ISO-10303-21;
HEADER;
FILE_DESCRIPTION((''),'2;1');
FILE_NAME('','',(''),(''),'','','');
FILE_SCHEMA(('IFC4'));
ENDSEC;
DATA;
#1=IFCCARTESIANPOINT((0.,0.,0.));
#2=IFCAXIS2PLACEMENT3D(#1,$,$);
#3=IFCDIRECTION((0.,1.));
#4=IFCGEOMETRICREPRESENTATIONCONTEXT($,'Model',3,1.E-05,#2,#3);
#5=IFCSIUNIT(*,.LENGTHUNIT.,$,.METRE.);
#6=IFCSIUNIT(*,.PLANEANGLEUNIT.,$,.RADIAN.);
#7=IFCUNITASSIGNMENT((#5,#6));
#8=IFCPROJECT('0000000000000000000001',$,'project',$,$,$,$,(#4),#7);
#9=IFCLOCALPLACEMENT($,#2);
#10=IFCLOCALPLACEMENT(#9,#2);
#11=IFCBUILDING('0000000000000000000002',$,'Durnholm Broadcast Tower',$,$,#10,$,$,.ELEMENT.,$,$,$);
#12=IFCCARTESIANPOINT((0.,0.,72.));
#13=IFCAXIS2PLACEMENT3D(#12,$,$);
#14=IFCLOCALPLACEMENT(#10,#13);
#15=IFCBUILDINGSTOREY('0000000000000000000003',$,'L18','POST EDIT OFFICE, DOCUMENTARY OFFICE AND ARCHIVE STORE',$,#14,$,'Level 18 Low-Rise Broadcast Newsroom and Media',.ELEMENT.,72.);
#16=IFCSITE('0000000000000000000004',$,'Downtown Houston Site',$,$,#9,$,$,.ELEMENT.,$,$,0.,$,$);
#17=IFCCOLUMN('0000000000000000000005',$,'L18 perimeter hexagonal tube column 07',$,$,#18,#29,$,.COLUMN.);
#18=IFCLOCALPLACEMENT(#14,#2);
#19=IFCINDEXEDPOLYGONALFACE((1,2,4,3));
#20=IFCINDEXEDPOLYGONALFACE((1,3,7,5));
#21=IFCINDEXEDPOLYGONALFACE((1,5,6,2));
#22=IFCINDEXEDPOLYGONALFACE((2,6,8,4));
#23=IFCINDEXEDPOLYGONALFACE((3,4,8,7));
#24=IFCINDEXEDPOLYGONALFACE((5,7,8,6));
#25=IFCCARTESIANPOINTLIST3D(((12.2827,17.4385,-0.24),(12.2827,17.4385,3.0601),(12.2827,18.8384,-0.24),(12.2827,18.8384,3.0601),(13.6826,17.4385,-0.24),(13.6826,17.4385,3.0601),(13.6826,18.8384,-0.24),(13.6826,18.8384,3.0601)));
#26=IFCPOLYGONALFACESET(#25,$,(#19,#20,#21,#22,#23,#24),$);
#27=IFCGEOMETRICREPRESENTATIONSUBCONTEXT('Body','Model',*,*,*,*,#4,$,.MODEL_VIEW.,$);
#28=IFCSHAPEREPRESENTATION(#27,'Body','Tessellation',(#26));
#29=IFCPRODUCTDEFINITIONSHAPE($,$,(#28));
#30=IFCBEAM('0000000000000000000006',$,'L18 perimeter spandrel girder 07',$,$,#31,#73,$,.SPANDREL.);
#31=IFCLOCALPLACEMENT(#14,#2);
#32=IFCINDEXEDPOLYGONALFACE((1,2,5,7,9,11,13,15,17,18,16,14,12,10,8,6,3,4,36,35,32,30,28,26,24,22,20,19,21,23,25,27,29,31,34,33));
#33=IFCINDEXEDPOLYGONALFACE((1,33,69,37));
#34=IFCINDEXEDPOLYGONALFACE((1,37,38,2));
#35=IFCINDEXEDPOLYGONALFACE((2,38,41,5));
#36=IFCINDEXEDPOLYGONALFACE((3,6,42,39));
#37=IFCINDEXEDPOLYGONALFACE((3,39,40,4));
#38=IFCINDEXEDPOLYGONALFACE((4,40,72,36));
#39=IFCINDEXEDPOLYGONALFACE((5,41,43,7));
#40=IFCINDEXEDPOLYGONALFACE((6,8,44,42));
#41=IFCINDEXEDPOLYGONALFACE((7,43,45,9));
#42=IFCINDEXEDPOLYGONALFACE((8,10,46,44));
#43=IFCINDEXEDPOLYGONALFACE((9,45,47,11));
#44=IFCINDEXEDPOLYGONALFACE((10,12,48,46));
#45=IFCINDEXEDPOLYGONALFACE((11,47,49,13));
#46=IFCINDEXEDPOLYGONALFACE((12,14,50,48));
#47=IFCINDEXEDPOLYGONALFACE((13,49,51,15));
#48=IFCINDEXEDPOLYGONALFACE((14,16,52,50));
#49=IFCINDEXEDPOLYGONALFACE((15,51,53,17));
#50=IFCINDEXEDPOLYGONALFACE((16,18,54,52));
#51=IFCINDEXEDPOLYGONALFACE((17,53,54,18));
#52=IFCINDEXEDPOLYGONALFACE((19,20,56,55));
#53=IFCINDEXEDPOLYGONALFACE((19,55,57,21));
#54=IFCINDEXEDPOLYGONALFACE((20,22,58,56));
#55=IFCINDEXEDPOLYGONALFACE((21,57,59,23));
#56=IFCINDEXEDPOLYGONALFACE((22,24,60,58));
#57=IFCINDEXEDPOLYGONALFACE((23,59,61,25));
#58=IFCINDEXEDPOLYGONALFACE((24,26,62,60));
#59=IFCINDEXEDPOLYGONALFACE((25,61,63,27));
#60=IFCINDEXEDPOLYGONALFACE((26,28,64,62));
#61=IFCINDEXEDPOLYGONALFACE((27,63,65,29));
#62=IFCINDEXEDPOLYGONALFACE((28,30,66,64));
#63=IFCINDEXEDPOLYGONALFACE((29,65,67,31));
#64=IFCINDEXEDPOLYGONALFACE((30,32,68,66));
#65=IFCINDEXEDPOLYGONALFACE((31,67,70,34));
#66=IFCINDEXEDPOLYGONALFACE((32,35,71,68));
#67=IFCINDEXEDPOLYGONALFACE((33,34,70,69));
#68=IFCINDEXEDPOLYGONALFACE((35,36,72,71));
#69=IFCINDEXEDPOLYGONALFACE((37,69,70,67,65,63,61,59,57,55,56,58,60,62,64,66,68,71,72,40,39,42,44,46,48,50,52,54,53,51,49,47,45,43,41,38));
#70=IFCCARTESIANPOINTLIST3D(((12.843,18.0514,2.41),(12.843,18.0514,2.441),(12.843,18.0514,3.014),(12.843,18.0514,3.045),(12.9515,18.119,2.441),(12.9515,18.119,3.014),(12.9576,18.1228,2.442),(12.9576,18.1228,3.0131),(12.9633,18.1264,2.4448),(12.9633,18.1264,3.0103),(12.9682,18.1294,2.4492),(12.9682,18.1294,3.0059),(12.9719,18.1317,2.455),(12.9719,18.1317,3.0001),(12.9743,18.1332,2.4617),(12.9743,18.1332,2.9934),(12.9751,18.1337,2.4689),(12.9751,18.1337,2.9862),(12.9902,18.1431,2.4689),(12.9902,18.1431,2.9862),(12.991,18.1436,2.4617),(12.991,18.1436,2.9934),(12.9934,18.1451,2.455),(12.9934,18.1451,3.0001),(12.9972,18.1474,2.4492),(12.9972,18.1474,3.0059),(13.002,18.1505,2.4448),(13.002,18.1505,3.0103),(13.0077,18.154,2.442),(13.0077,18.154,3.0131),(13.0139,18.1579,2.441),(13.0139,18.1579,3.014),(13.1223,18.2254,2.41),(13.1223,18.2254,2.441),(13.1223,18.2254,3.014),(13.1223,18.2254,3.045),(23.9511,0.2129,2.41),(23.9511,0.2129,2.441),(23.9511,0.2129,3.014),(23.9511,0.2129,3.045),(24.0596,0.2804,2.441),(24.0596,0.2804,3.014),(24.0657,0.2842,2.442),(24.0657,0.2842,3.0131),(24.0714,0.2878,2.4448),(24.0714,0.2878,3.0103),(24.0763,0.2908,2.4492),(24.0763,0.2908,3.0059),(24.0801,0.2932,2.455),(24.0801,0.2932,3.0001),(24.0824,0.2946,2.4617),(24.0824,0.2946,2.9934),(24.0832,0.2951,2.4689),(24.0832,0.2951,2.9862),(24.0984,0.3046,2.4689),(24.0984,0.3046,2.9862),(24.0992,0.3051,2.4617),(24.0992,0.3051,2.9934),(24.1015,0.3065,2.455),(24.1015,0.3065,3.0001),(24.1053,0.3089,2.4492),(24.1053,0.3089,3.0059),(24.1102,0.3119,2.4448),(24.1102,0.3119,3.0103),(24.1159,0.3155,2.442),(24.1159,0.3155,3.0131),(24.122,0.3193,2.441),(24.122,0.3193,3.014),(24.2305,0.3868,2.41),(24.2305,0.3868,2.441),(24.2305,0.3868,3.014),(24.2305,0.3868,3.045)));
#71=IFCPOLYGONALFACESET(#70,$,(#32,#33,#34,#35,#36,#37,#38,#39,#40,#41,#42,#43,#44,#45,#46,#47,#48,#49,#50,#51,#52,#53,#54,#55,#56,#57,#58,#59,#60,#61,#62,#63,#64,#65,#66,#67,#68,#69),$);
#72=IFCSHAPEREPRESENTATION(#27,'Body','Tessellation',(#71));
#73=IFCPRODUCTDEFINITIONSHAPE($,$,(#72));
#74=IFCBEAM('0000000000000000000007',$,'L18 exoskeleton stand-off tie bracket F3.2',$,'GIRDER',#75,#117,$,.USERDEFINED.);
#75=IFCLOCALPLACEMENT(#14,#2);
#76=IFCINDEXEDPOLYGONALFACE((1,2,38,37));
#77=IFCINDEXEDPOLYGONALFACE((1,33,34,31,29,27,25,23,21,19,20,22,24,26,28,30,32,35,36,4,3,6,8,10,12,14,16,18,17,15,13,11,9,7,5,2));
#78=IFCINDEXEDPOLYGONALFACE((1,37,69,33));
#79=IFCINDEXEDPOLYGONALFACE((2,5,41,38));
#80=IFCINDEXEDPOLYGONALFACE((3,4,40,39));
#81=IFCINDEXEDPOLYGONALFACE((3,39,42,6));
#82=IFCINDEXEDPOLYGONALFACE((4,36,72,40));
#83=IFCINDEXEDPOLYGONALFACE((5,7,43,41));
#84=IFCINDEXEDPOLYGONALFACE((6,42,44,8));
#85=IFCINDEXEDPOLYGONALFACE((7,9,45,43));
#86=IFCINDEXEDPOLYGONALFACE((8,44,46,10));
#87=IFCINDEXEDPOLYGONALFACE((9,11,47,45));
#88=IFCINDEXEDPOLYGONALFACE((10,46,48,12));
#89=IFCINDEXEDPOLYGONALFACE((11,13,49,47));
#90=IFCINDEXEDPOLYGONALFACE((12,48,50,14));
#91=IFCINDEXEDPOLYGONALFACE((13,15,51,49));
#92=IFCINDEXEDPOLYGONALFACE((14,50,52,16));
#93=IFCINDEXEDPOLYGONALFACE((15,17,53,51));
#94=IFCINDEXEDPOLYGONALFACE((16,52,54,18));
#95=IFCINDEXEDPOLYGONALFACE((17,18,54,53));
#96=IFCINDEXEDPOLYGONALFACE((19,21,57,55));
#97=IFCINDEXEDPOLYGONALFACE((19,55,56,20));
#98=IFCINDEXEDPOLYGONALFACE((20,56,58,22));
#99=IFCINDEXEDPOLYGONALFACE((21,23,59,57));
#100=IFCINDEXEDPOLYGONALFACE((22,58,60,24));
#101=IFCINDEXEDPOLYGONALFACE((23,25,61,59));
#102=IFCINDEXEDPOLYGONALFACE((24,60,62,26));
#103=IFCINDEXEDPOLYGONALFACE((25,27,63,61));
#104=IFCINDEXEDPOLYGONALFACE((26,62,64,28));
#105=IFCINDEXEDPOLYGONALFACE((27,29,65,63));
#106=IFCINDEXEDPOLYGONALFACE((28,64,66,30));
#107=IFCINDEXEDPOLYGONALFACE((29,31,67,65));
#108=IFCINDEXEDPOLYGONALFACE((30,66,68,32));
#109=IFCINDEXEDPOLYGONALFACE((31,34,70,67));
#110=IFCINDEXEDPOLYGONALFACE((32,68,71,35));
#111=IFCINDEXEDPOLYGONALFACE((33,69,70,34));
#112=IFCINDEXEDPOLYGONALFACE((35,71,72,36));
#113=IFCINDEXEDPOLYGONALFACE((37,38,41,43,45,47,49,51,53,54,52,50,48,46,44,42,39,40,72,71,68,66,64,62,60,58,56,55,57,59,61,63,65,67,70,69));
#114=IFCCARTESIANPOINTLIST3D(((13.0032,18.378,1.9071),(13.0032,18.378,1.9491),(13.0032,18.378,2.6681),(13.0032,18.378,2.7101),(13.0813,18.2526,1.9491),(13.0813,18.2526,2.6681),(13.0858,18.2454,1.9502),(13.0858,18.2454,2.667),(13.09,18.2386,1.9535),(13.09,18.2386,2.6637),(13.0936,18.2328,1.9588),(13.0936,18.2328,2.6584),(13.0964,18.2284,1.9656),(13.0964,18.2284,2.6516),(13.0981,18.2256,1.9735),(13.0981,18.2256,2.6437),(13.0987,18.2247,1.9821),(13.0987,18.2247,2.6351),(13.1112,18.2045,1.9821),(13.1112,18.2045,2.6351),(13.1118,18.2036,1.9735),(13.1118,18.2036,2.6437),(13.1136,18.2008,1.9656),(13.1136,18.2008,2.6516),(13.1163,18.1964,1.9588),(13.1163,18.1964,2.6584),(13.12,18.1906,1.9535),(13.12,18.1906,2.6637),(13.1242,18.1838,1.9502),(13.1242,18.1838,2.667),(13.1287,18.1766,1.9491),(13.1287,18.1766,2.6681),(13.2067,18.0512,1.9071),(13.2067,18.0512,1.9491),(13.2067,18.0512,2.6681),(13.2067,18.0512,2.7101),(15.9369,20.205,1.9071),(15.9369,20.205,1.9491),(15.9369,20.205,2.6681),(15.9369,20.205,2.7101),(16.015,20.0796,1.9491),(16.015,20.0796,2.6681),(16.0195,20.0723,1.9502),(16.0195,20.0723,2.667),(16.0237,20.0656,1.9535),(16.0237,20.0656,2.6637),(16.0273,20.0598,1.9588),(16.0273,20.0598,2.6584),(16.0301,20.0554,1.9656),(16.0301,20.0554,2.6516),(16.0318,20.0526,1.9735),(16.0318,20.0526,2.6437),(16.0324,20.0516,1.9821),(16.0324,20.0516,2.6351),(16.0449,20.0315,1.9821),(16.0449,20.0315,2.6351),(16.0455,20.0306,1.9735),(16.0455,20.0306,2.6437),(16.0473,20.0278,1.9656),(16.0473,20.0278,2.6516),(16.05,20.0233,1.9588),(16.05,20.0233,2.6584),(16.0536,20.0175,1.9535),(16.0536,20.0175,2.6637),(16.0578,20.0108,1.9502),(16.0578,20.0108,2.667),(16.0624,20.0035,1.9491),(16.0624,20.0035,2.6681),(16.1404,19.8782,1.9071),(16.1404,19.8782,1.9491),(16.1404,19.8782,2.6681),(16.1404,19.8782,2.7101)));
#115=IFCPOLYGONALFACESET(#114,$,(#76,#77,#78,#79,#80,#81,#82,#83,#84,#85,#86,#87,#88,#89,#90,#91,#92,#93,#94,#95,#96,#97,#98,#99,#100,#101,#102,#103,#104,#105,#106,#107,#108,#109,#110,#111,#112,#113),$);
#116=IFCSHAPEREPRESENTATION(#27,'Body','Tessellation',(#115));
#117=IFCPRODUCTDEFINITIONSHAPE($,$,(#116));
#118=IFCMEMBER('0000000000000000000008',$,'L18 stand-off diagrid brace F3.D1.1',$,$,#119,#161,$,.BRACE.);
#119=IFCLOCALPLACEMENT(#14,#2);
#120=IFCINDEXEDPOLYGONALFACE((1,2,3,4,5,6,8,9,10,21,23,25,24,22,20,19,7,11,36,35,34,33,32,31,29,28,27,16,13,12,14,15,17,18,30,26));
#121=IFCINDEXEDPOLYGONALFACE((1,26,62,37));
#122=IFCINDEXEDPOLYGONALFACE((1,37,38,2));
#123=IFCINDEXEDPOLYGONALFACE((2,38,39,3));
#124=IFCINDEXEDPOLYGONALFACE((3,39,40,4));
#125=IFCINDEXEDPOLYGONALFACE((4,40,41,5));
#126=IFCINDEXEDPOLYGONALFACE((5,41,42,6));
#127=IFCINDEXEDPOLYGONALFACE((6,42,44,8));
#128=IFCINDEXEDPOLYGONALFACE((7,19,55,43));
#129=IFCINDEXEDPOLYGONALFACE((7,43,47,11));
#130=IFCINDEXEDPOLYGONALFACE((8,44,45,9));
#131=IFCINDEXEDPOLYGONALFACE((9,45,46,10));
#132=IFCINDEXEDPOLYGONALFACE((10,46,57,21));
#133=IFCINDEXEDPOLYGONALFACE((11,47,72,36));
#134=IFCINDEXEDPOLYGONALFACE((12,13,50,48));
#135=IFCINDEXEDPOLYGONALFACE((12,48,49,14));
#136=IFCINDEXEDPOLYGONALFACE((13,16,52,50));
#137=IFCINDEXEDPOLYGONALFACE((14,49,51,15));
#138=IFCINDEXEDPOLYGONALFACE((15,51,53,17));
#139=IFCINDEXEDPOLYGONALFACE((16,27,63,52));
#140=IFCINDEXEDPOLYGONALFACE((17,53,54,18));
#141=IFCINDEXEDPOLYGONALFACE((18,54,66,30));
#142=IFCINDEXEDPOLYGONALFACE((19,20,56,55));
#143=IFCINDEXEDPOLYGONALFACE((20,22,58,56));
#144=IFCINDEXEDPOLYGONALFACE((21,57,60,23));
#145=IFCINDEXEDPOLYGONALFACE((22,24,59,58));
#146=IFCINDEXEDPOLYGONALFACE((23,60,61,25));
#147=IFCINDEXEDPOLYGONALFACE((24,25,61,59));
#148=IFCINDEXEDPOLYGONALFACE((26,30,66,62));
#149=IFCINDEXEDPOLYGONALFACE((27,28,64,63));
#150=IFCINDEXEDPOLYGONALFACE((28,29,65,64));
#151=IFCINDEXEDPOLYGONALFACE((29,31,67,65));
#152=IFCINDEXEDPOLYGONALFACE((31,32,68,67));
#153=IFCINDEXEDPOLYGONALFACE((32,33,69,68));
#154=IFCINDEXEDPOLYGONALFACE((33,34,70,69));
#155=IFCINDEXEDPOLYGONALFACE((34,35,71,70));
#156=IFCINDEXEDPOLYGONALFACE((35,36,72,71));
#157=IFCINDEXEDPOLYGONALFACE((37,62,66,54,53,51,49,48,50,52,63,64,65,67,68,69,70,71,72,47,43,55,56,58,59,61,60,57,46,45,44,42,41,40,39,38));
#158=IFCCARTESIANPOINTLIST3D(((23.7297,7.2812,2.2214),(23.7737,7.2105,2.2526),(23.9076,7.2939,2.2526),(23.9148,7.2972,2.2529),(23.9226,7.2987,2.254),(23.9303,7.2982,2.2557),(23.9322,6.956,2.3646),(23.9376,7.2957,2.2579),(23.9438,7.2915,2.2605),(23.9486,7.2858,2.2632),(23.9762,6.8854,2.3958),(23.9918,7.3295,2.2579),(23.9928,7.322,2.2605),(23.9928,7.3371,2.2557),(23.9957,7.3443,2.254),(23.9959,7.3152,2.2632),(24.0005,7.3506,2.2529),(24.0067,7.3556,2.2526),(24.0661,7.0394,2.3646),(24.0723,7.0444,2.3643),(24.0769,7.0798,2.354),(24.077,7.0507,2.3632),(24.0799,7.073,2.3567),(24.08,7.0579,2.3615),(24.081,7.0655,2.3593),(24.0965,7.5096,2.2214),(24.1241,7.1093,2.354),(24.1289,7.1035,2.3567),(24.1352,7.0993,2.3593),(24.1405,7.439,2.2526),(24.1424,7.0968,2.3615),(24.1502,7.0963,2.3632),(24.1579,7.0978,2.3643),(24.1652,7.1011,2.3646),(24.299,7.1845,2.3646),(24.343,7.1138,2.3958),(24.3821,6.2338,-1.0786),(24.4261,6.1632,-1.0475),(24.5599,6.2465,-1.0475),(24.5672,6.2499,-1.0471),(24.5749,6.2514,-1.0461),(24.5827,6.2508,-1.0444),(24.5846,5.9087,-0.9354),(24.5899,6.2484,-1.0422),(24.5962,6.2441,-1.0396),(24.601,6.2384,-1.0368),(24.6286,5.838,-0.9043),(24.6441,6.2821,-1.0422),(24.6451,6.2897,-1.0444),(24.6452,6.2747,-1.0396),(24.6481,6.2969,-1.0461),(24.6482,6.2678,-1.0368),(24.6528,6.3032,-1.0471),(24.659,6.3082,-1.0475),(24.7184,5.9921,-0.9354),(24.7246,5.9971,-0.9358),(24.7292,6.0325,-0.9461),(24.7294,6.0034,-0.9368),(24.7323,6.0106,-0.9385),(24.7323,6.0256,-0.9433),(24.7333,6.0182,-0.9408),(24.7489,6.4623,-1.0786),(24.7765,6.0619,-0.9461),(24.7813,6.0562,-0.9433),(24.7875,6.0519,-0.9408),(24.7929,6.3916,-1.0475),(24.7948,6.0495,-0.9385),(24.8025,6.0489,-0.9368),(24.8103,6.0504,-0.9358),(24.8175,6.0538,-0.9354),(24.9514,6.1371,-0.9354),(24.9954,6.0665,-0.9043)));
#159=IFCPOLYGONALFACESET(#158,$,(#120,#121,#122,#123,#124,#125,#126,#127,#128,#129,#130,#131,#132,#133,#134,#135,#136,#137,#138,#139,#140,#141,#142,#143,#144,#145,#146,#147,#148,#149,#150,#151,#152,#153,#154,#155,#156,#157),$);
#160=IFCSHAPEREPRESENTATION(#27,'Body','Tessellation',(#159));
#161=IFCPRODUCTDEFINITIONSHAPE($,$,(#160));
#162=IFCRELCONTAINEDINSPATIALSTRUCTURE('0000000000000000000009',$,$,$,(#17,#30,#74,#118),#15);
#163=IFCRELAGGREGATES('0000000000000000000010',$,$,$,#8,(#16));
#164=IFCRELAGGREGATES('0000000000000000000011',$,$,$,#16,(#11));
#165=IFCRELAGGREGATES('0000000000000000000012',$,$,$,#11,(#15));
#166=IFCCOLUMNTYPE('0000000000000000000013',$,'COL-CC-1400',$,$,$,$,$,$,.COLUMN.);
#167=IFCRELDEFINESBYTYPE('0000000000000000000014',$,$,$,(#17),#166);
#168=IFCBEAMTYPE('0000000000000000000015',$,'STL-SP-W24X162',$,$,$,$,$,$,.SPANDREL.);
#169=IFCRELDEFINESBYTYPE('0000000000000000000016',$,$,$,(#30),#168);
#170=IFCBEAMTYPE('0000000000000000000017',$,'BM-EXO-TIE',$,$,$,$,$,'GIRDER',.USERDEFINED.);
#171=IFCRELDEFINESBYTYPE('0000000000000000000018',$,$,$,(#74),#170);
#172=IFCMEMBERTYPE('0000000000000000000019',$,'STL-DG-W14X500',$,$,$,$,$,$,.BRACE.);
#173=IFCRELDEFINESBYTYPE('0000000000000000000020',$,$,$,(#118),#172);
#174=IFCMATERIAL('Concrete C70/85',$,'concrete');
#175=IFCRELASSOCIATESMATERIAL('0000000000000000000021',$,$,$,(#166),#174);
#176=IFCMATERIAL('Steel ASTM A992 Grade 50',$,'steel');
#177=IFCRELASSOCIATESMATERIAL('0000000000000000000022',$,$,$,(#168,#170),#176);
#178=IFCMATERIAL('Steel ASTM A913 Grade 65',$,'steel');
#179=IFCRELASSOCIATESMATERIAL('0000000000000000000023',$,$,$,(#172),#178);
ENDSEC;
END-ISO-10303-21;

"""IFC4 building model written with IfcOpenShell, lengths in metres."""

from ifc_helpers import new_model, si_unit, direction, frame, origin, origin_2d, place, context, subcontext, project, spatial, rectangle, i_section, extrude, source, transform, mapped, material, material_profile, profile_set, type_object, type_shapes, element, save


model = new_model("IFC4")

# Units and contexts
model_context = context("Model", 3, precision=1e-05, world=origin(), true_north=direction((0.0, 1.0)))
body_context = subcontext(model_context, "Body", "Model", "MODEL_VIEW")
ifc_project = project(units=[si_unit("LENGTHUNIT", "METRE"), si_unit("PLANEANGLEUNIT", "RADIAN")], contexts=[model_context])

# Site, building, storey
site_placement = place(None, origin())
site = spatial("IfcSite", under=ifc_project, at=site_placement, Name="Downtown Houston Site", CompositionType="ELEMENT", RefElevation=0.0)
building_placement = place(site_placement, origin())
building = spatial("IfcBuilding", under=site, at=building_placement, Name="Durnholm Broadcast Tower", CompositionType="ELEMENT")
storey_placement = place(building_placement, frame((0.0, 0.0, 72.0)))
storey = spatial("IfcBuildingStorey", under=building, at=storey_placement, Name="L18", Description="POST EDIT OFFICE, DOCUMENTARY OFFICE AND ARCHIVE STORE", LongName="Level 18 Low-Rise Broadcast Newsroom and Media", CompositionType="ELEMENT", Elevation=72.0)

# Column
ifc_material_1 = material(Name="Concrete C70/85", Category="concrete")
ifc_material_profile_1 = material_profile(ifc_material_1, rectangle(XDim=1.3999, YDim=1.3999, at=origin_2d()), Name="RC1400X1400")
ifc_profile_set_1 = profile_set([ifc_material_profile_1], Name="Concrete C70/85")
column_type = type_object("IfcColumnType", Name="COL-CC-1400", PredefinedType="COLUMN", material=ifc_profile_set_1)
shared_shape_1 = source(origin(), body_context, "Body", "SweptSolid", [
    extrude(rectangle(XDim=1.3999, YDim=1.3999, at=origin_2d()), origin(), (0.0, 0.0, 1.0), 3.3),
])
type_shapes(column_type, [shared_shape_1])
column_placement = place(storey_placement, frame((12.9827, 18.1384, -0.24), z_axis=(0.0, 0.0, 1.0), x_axis=(1.0, 0.0, 0.0)))
element("IfcColumn", 1, at=column_placement, inside=storey, type_object=column_type, Name="L18 perimeter hexagonal tube column 07", PredefinedType="COLUMN", context=body_context, shape_type="MappedRepresentation", body=[
    mapped(shared_shape_1, transform((0.0, 0.0, 0.0), x_axis=(1.0, 0.0, 0.0), y_axis=(0.0, 1.0, 0.0), z_axis=(0.0, 0.0, 1.0), scale=1.0)),
])

# Beams
ifc_material_2 = material(Name="Steel ASTM A992 Grade 50", Category="steel")
ifc_material_profile_2 = material_profile(ifc_material_2, i_section(OverallWidth=0.3291, OverallDepth=0.635, WebThickness=0.0178, FlangeThickness=0.031, FilletRadius=0.0278, at=origin_2d()), Name="W24X162")
ifc_profile_set_2 = profile_set([ifc_material_profile_2], Name="Steel ASTM A992 Grade 50")
beam_type_1 = type_object("IfcBeamType", Name="STL-SP-W24X162", PredefinedType="SPANDREL", material=ifc_profile_set_2)
shared_shape_2 = source(origin(), body_context, "Body", "SweptSolid", [
    extrude(i_section(OverallWidth=0.3291, OverallDepth=0.635, WebThickness=0.0178, FlangeThickness=0.031, FilletRadius=0.0278, at=origin_2d()), origin(), (0.0, 0.0, 1.0), 21.0144),
])
type_shapes(beam_type_1, [shared_shape_2])
beam_1_placement = place(storey_placement, frame((12.9827, 18.1384, 2.7275), z_axis=(0.528596, -0.848874, 0.0), x_axis=(0.848874, 0.528596, 0.0)))
element("IfcBeam", 2, at=beam_1_placement, inside=storey, type_object=beam_type_1, Name="L18 perimeter spandrel girder 07", PredefinedType="SPANDREL", context=body_context, shape_type="MappedRepresentation", body=[
    mapped(shared_shape_2, transform((0.0, 0.0, 0.0), x_axis=(1.0, 0.0, 0.0), y_axis=(0.0, 1.0, 0.0), z_axis=(0.0, 0.0, 1.0), scale=1.0)),
])
ifc_material_profile_3 = material_profile(ifc_material_2, i_section(OverallWidth=0.385, OverallDepth=0.803, WebThickness=0.0237, FlangeThickness=0.042, FilletRadius=0.033, at=origin_2d()), Name="W30X261")
ifc_profile_set_3 = profile_set([ifc_material_profile_3], Name="Steel ASTM A992 Grade 50")
beam_type_2 = type_object("IfcBeamType", Name="BM-EXO-TIE", ElementType="GIRDER", PredefinedType="USERDEFINED", material=ifc_profile_set_3)
shared_shape_3 = source(origin(), body_context, "Body", "SweptSolid", [
    extrude(i_section(OverallWidth=0.385, OverallDepth=0.803, WebThickness=0.0237, FlangeThickness=0.042, FilletRadius=0.033, at=origin_2d()), origin(), (0.0, 0.0, 1.0), 3.4561),
])
type_shapes(beam_type_2, [shared_shape_3])
beam_2_placement = place(storey_placement, frame((13.105, 18.2146, 2.3086), z_axis=(0.848854, 0.528627, 0.0), x_axis=(-0.528627, 0.848854, 0.0)))
element("IfcBeam", 3, at=beam_2_placement, inside=storey, type_object=beam_type_2, Name="L18 exoskeleton stand-off tie bracket F3.2", ObjectType="GIRDER", PredefinedType="USERDEFINED", context=body_context, shape_type="MappedRepresentation", body=[
    mapped(shared_shape_3, transform((0.0, 0.0, 0.0), x_axis=(1.0, 0.0, 0.0), y_axis=(0.0, 1.0, 0.0), z_axis=(0.0, 0.0, 1.0), scale=1.0)),
])

# Member
ifc_material_3 = material(Name="Steel ASTM A913 Grade 65", Category="steel")
ifc_material_profile_4 = material_profile(ifc_material_3, i_section(OverallWidth=0.4321, OverallDepth=0.4978, WebThickness=0.0557, FlangeThickness=0.0889, FilletRadius=0.0305, at=origin_2d()), Name="W14X500")
ifc_profile_set_4 = profile_set([ifc_material_profile_4], Name="Steel ASTM A913 Grade 65")
member_type_1 = type_object("IfcMemberType", Name="STL-DG-W14X500", PredefinedType="BRACE", material=ifc_profile_set_4)
shared_shape_4 = source(origin(), body_context, "Body", "SweptSolid", [
    extrude(i_section(OverallWidth=0.4321, OverallDepth=0.4978, WebThickness=0.0557, FlangeThickness=0.0889, FilletRadius=0.0305, at=origin_2d()), origin(), (0.0, 0.0, 1.0), 3.5232),
])
type_shapes(member_type_1, [shared_shape_4])
for number, where, z_axis, x_axis, name in (
    (4, (24.6887, 6.1501, -0.9915), (-0.185157, 0.297277, 0.936666), (-0.84882, -0.528682, 0.0), "L18 stand-off diagrid brace F3.D1.1"),
):
    element("IfcMember", number, at=place(storey_placement, frame(where, z_axis=z_axis, x_axis=x_axis)), inside=storey, type_object=member_type_1, Name=name, PredefinedType="BRACE", context=body_context, shape_type="MappedRepresentation", body=[
        mapped(shared_shape_4, transform((0.0, 0.0, 0.0), x_axis=(1.0, 0.0, 0.0), y_axis=(0.0, 1.0, 0.0), z_axis=(0.0, 0.0, 1.0), scale=1.0)),
    ])

save(model, "model.ifc")
